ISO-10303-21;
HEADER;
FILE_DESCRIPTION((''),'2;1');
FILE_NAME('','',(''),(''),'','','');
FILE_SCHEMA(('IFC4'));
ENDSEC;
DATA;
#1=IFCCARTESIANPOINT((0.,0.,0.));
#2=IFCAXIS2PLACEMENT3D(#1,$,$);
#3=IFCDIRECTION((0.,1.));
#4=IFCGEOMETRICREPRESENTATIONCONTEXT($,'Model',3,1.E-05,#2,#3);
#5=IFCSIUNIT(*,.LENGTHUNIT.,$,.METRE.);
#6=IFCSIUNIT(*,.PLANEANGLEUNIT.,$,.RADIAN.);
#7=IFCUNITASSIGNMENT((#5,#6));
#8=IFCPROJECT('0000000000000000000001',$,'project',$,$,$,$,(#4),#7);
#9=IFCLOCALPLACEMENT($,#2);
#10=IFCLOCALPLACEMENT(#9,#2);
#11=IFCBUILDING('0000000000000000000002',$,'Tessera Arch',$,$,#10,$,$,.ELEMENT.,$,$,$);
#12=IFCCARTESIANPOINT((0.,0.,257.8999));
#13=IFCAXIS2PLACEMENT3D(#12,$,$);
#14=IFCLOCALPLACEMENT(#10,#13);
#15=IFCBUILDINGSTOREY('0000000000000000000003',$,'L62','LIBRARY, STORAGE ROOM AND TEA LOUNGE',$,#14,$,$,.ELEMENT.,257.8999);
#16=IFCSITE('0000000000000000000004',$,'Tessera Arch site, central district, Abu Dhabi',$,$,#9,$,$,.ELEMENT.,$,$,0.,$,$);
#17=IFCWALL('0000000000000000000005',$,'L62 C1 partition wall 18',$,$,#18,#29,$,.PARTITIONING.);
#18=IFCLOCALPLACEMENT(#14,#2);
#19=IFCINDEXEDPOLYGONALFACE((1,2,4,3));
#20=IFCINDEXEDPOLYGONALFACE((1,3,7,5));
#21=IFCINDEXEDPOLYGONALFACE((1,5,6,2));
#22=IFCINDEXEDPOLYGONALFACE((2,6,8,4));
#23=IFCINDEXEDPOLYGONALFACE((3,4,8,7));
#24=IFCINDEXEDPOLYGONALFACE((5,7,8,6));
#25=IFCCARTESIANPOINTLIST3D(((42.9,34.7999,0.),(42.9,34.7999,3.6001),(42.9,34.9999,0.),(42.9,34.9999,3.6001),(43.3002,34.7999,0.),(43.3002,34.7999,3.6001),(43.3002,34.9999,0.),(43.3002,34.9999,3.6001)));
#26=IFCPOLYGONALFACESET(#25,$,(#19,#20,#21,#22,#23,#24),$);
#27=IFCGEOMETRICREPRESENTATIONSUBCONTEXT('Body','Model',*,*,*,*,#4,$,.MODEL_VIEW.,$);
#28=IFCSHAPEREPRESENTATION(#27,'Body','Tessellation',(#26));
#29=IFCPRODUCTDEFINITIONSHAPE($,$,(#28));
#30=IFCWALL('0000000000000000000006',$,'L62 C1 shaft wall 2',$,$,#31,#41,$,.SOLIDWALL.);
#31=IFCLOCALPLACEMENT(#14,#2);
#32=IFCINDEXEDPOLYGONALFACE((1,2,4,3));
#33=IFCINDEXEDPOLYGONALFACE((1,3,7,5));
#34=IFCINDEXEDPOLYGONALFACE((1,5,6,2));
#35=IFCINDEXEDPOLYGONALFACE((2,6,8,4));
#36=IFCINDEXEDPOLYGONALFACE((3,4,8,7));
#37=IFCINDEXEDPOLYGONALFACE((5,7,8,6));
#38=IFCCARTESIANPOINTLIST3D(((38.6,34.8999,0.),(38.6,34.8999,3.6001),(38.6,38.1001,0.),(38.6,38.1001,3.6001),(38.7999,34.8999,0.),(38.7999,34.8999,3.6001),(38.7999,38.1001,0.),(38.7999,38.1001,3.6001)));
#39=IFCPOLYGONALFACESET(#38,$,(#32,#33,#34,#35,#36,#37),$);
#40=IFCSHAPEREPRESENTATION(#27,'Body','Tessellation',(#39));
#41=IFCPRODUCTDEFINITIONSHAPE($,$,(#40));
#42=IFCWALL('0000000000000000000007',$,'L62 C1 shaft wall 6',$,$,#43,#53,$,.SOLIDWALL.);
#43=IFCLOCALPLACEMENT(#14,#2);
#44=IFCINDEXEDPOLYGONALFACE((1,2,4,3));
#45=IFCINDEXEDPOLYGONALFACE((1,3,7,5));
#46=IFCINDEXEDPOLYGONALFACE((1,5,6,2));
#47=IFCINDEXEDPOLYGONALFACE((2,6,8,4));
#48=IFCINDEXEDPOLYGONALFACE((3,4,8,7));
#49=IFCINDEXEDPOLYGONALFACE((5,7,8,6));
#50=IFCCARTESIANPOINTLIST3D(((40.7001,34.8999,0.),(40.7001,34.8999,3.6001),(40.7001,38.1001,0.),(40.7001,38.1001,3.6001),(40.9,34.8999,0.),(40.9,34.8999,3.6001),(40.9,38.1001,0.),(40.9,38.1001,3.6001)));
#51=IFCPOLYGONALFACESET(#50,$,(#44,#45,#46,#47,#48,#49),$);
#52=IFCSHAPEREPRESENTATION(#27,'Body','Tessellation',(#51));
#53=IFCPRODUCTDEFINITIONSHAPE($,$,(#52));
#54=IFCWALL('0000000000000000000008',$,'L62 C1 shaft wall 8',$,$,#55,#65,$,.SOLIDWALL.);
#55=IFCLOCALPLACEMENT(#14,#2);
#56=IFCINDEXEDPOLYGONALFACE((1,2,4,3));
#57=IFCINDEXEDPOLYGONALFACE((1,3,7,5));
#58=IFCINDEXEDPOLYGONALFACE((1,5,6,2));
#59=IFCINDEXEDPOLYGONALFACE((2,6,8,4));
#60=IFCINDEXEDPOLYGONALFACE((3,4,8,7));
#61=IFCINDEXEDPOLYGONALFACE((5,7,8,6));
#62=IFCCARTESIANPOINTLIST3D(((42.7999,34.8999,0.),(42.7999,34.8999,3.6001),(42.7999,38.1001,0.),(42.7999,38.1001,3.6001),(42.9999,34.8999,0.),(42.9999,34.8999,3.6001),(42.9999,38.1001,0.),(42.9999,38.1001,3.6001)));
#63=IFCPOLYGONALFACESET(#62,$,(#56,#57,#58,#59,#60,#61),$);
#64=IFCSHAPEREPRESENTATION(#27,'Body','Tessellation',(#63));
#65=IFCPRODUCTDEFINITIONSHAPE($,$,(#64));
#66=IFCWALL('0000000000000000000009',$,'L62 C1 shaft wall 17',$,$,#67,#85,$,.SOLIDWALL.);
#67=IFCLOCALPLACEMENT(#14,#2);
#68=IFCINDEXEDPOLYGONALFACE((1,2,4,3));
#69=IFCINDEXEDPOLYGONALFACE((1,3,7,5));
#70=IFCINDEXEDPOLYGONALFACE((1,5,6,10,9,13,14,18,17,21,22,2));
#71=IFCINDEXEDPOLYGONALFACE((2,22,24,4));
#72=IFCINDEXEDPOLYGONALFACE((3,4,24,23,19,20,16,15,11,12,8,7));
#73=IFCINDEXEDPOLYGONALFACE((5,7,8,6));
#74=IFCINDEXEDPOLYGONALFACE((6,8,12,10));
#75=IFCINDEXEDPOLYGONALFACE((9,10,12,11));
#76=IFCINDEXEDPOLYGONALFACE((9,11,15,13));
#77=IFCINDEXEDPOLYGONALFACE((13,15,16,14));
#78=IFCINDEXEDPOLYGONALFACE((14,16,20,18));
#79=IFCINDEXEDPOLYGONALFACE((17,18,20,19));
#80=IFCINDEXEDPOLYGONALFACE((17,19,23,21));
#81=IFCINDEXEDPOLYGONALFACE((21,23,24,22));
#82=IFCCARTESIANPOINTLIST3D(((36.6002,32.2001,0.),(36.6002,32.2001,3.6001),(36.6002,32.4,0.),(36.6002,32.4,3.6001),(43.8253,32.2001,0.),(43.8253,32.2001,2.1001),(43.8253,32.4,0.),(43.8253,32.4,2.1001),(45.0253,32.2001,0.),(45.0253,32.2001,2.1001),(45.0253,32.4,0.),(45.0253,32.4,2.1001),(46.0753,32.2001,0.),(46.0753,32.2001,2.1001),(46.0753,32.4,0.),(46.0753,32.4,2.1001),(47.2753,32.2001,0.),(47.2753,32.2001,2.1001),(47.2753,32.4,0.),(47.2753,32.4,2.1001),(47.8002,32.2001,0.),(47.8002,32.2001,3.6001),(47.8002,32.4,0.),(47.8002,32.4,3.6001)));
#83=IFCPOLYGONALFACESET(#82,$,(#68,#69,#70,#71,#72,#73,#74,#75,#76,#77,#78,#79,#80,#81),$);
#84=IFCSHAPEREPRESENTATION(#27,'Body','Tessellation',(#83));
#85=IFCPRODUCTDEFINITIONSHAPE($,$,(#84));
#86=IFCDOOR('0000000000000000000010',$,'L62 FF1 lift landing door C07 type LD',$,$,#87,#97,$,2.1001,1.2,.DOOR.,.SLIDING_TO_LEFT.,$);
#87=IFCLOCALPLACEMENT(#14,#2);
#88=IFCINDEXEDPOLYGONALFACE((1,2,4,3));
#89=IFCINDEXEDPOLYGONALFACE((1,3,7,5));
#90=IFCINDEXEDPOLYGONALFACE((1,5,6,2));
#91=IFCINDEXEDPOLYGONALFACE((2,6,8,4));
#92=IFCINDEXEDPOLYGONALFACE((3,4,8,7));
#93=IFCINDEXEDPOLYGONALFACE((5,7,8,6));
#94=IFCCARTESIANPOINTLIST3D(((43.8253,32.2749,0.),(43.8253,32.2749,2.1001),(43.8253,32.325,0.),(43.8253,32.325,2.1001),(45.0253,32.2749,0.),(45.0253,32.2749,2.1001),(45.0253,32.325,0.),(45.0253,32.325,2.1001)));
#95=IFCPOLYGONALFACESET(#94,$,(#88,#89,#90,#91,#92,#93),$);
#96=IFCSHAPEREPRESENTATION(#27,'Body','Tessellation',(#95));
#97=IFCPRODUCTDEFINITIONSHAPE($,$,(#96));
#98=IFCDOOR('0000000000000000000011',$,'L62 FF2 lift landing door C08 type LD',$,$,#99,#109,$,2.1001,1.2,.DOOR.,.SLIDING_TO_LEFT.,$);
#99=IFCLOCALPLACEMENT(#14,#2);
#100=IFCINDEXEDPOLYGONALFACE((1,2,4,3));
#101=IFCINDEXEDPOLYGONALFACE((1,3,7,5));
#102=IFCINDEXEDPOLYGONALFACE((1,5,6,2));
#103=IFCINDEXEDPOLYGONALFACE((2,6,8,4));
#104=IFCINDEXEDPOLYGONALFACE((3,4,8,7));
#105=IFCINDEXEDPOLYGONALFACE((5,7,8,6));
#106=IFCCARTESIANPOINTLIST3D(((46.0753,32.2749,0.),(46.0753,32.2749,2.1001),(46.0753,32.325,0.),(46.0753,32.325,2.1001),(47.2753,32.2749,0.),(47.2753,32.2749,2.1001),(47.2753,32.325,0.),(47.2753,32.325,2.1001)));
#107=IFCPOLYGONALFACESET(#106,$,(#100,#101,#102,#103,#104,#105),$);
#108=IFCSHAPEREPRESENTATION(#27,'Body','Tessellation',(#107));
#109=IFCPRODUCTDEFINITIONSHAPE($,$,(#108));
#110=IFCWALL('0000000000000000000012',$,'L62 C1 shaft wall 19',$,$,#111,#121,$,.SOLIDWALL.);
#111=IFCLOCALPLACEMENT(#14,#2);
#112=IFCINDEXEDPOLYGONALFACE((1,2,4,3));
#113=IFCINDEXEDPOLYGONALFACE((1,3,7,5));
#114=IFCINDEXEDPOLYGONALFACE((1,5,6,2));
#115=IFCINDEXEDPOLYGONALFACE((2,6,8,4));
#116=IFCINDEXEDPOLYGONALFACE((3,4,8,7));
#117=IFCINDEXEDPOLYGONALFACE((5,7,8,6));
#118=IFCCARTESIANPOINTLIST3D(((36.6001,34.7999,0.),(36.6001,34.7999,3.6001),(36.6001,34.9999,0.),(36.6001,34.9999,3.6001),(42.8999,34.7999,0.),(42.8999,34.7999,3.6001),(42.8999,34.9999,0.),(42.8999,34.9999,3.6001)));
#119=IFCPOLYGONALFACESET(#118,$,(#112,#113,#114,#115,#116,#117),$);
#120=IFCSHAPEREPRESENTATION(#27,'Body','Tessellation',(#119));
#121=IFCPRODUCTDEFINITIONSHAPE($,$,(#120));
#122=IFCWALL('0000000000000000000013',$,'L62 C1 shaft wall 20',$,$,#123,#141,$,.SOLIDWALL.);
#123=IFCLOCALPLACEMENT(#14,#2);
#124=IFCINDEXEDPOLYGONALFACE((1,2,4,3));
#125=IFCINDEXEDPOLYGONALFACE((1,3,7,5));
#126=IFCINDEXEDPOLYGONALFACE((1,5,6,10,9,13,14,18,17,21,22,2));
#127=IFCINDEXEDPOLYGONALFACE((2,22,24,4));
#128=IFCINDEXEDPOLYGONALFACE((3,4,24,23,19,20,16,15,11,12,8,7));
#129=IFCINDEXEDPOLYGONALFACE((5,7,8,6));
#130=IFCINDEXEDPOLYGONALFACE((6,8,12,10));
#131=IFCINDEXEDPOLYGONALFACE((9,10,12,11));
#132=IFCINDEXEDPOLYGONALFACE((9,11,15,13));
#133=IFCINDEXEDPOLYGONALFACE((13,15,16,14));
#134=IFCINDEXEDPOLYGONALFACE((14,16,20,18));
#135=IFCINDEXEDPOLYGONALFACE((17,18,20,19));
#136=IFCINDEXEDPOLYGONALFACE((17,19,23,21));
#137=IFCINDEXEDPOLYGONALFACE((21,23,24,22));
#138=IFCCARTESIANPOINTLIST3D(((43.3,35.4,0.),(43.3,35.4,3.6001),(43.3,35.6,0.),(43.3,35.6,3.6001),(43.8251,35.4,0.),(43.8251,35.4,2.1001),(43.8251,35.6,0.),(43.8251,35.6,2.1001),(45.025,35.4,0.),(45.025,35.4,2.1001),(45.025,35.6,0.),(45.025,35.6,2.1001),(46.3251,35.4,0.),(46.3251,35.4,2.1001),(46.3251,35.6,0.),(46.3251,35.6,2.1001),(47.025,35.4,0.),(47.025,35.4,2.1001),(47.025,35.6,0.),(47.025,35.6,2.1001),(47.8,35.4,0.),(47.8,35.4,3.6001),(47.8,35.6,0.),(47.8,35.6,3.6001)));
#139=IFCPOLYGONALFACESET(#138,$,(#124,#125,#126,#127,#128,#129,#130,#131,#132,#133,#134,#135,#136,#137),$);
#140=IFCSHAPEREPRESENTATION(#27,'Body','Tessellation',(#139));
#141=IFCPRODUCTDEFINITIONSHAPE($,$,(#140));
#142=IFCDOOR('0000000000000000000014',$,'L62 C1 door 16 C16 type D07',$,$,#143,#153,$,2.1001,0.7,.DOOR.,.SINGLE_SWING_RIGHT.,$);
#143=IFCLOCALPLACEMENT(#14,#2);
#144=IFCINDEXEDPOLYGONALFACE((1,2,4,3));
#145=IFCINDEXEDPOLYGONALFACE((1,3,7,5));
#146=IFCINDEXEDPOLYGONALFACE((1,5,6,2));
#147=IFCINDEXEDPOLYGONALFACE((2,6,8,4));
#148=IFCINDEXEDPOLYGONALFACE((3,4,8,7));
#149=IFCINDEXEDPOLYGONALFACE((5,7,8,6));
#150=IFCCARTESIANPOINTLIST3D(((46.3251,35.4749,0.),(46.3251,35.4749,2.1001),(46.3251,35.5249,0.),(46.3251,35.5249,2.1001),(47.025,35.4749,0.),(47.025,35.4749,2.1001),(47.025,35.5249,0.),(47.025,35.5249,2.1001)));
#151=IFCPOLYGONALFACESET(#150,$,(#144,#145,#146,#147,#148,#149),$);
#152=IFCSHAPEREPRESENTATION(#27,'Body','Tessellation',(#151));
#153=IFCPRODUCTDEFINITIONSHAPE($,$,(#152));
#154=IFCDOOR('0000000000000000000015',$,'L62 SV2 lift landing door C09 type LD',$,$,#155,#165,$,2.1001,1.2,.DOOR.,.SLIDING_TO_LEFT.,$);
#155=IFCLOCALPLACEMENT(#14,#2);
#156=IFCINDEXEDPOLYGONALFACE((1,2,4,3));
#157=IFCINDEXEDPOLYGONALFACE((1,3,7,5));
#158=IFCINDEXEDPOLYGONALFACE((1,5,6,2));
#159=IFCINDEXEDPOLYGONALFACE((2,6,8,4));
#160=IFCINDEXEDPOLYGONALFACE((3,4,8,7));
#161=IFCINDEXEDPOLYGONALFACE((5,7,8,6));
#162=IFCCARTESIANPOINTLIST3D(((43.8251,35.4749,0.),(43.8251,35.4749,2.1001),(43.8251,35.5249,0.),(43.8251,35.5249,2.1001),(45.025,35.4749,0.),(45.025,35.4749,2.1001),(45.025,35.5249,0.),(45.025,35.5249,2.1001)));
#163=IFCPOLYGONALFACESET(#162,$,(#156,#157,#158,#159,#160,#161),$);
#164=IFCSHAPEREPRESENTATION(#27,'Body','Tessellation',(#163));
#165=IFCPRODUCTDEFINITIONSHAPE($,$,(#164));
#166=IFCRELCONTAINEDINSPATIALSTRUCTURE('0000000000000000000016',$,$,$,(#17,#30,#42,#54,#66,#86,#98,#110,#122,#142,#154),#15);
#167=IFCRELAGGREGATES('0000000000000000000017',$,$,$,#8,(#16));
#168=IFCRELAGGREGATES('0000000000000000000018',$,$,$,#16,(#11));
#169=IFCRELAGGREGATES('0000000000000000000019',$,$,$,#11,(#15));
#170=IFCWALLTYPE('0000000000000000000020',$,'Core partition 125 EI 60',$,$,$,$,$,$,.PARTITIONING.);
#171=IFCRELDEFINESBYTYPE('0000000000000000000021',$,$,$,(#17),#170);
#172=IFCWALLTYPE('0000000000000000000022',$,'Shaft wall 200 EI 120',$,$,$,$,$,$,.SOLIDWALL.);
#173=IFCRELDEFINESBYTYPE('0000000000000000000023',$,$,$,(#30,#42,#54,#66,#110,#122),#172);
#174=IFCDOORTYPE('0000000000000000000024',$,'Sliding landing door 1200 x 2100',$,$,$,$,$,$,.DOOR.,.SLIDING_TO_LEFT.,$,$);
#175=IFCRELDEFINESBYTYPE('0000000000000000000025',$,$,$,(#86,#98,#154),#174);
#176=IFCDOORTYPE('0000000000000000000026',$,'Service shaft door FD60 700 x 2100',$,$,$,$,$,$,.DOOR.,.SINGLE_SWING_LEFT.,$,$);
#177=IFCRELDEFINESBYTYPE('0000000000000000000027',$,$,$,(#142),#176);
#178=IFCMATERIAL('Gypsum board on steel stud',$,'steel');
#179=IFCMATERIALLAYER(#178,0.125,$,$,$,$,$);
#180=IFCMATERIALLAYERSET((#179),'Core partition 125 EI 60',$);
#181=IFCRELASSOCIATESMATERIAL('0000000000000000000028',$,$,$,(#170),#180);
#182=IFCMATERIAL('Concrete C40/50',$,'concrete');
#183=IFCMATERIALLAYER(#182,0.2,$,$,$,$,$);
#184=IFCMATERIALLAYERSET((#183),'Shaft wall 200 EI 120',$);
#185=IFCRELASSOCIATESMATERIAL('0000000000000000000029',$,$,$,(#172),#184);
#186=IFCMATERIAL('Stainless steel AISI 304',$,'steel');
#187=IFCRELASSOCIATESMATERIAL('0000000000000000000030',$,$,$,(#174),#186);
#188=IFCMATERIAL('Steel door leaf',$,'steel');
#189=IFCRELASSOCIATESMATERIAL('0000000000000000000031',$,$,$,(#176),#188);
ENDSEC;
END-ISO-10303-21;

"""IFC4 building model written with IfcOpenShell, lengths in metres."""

from ifc_helpers import new_model, si_unit, direction, frame, frame_2d, origin, place, context, subcontext, project, spatial, rectangle, extrude, material, layer, layer_set, type_object, element, fill, save


model = new_model("IFC4")

# Units and contexts
model_context = context("Model", 3, precision=1e-05, world=origin(), true_north=direction((0.0, 1.0)))
body_context = subcontext(model_context, "Body", "Model", "MODEL_VIEW")
ifc_project = project(units=[si_unit("LENGTHUNIT", "METRE"), si_unit("PLANEANGLEUNIT", "RADIAN")], contexts=[model_context])

# Site, building, storey
site_placement = place(None, origin())
site = spatial("IfcSite", under=ifc_project, at=site_placement, Name="Tessera Arch site, central district, Abu Dhabi", CompositionType="ELEMENT", RefElevation=0.0)
building_placement = place(site_placement, origin())
building = spatial("IfcBuilding", under=site, at=building_placement, Name="Tessera Arch", CompositionType="ELEMENT")
storey_placement = place(building_placement, frame((0.0, 0.0, 257.8999)))
storey = spatial("IfcBuildingStorey", under=building, at=storey_placement, Name="L62", Description="LIBRARY, STORAGE ROOM AND TEA LOUNGE", CompositionType="ELEMENT", Elevation=257.8999)

# Walls
ifc_material_1 = material(Name="Gypsum board on steel stud", Category="steel")
ifc_layer_1 = layer(ifc_material_1, 0.125)
ifc_layer_set_1 = layer_set([ifc_layer_1], Name="Core partition 125 EI 60")
wall_type_1 = type_object("IfcWallType", Name="Core partition 125 EI 60", PredefinedType="PARTITIONING", material=ifc_layer_set_1)
wall_1_placement = place(storey_placement, frame((42.8999, 34.8999, 0.0), z_axis=(0.0, 0.0, 1.0), x_axis=(1.0, 0.0, 0.0)))
element("IfcWall", 1, at=wall_1_placement, inside=storey, type_object=wall_type_1, Name="L62 C1 partition wall 18", PredefinedType="PARTITIONING", context=body_context, shape_type="SweptSolid", body=[
    extrude(rectangle(XDim=0.4001, YDim=0.2, at=frame_2d((0.2002, 0.0))), origin(), (0.0, 0.0, 1.0), 3.6001),
])
ifc_material_2 = material(Name="Concrete C40/50", Category="concrete")
ifc_layer_2 = layer(ifc_material_2, 0.2)
ifc_layer_set_2 = layer_set([ifc_layer_2], Name="Shaft wall 200 EI 120")
wall_type_2 = type_object("IfcWallType", Name="Shaft wall 200 EI 120", PredefinedType="SOLIDWALL", material=ifc_layer_set_2)
for number, where, z_axis, x_axis, name in (
    (2, (38.7, 34.8999, 0.0), (0.0, 0.0, 1.0), (0.0, 1.0, 0.0), "L62 C1 shaft wall 2"),
    (3, (40.8, 34.8999, 0.0), (0.0, 0.0, 1.0), (0.0, 1.0, 0.0), "L62 C1 shaft wall 6"),
    (4, (42.8999, 34.8999, 0.0), (0.0, 0.0, 1.0), (0.0, 1.0, 0.0), "L62 C1 shaft wall 8"),
):
    element("IfcWall", number, at=place(storey_placement, frame(where, z_axis=z_axis, x_axis=x_axis)), inside=storey, type_object=wall_type_2, Name=name, PredefinedType="SOLIDWALL", context=body_context, shape_type="SweptSolid", body=[
        extrude(rectangle(XDim=3.2002, YDim=0.2, at=frame_2d((1.6001, 0.0))), origin(), (0.0, 0.0, 1.0), 3.6001),
    ])

# Wall, openings, doors
wall_2_placement = place(storey_placement, frame((36.6001, 32.3, 0.0), z_axis=(0.0, 0.0, 1.0), x_axis=(1.0, 0.0, 0.0)))
wall_2 = element("IfcWall", 5, at=wall_2_placement, inside=storey, type_object=wall_type_2, Name="L62 C1 shaft wall 17", PredefinedType="SOLIDWALL", context=body_context, shape_type="SweptSolid", body=[
    extrude(rectangle(XDim=11.2, YDim=0.2, at=frame_2d((5.6001, 0.0))), origin(), (0.0, 0.0, 1.0), 3.6001),
])
opening_1_placement = place(wall_2_placement, frame((7.2251, 0.0, 0.0)))
opening_1 = element("IfcOpeningElement", 6, at=opening_1_placement, cuts=wall_2, PredefinedType="OPENING", context=body_context, shape_type="SweptSolid", body=[
    extrude(rectangle(XDim=1.2, YDim=2.1001, at=frame_2d((0.6001, 1.05))), frame((0.0, 0.1099, 0.0), z_axis=(0.0, -1.0, 0.0), x_axis=(1.0, 0.0, 0.0)), (0.0, 0.0, 1.0), 0.22),
])
opening_2_placement = place(wall_2_placement, frame((9.4751, 0.0, 0.0)))
opening_2 = element("IfcOpeningElement", 7, at=opening_2_placement, cuts=wall_2, PredefinedType="OPENING", context=body_context, shape_type="SweptSolid", body=[
    extrude(rectangle(XDim=1.2, YDim=2.1001, at=frame_2d((0.6001, 1.05))), frame((0.0, 0.1099, 0.0), z_axis=(0.0, -1.0, 0.0), x_axis=(1.0, 0.0, 0.0)), (0.0, 0.0, 1.0), 0.22),
])
ifc_material_3 = material(Name="Stainless steel AISI 304", Category="steel")
door_type_1 = type_object("IfcDoorType", Name="Sliding landing door 1200 x 2100", OperationType="SLIDING_TO_LEFT", PredefinedType="DOOR", material=ifc_material_3)
door_1_placement = place(opening_1_placement, origin())
door_1 = element("IfcDoor", 8, at=door_1_placement, inside=storey, type_object=door_type_1, Name="L62 FF1 lift landing door C07 type LD", OperationType="SLIDING_TO_LEFT", OverallHeight=2.1001, OverallWidth=1.2, PredefinedType="DOOR", context=body_context, shape_type="SweptSolid", body=[
    extrude(rectangle(XDim=1.2, YDim=2.1001, at=frame_2d((0.6001, 1.05))), frame((0.0, 0.0249, 0.0), z_axis=(0.0, -1.0, 0.0), x_axis=(1.0, 0.0, 0.0)), (0.0, 0.0, 1.0), 0.05),
])
fill(opening_1, door_1)
door_2_placement = place(opening_2_placement, origin())
door_2 = element("IfcDoor", 9, at=door_2_placement, inside=storey, type_object=door_type_1, Name="L62 FF2 lift landing door C08 type LD", OperationType="SLIDING_TO_LEFT", OverallHeight=2.1001, OverallWidth=1.2, PredefinedType="DOOR", context=body_context, shape_type="SweptSolid", body=[
    extrude(rectangle(XDim=1.2, YDim=2.1001, at=frame_2d((0.6001, 1.05))), frame((0.0, 0.0249, 0.0), z_axis=(0.0, -1.0, 0.0), x_axis=(1.0, 0.0, 0.0)), (0.0, 0.0, 1.0), 0.05),
])
fill(opening_2, door_2)

# Wall
wall_3_placement = place(storey_placement, frame((36.6001, 34.8999, 0.0), z_axis=(0.0, 0.0, 1.0), x_axis=(1.0, 0.0, 0.0)))
element("IfcWall", 10, at=wall_3_placement, inside=storey, type_object=wall_type_2, Name="L62 C1 shaft wall 19", PredefinedType="SOLIDWALL", context=body_context, shape_type="SweptSolid", body=[
    extrude(rectangle(XDim=6.2998, YDim=0.2, at=frame_2d((3.1499, 0.0))), origin(), (0.0, 0.0, 1.0), 3.6001),
])

# Wall, openings, doors
wall_4_placement = place(storey_placement, frame((43.3, 35.5, 0.0), z_axis=(0.0, 0.0, 1.0), x_axis=(1.0, 0.0, 0.0)))
wall_4 = element("IfcWall", 11, at=wall_4_placement, inside=storey, type_object=wall_type_2, Name="L62 C1 shaft wall 20", PredefinedType="SOLIDWALL", context=body_context, shape_type="SweptSolid", body=[
    extrude(rectangle(XDim=4.5, YDim=0.2, at=frame_2d((2.25, 0.0))), origin(), (0.0, 0.0, 1.0), 3.6001),
])
opening_3_placement = place(wall_4_placement, frame((0.5249, 0.0, 0.0)))
opening_3 = element("IfcOpeningElement", 12, at=opening_3_placement, cuts=wall_4, PredefinedType="OPENING", context=body_context, shape_type="SweptSolid", body=[
    extrude(rectangle(XDim=1.2, YDim=2.1001, at=frame_2d((0.6001, 1.05))), frame((0.0, 0.1099, 0.0), z_axis=(0.0, -1.0, 0.0), x_axis=(1.0, 0.0, 0.0)), (0.0, 0.0, 1.0), 0.22),
])
opening_4_placement = place(wall_4_placement, frame((3.0249, 0.0, 0.0)))
opening_4 = element("IfcOpeningElement", 13, at=opening_4_placement, cuts=wall_4, PredefinedType="OPENING", context=body_context, shape_type="SweptSolid", body=[
    extrude(rectangle(XDim=0.7, YDim=2.1001, at=frame_2d((0.3501, 1.05))), frame((0.0, 0.1099, 0.0), z_axis=(0.0, -1.0, 0.0), x_axis=(1.0, 0.0, 0.0)), (0.0, 0.0, 1.0), 0.22),
])
ifc_material_4 = material(Name="Steel door leaf", Category="steel")
door_type_2 = type_object("IfcDoorType", Name="Service shaft door FD60 700 x 2100", OperationType="SINGLE_SWING_LEFT", PredefinedType="DOOR", material=ifc_material_4)
door_3_placement = place(opening_4_placement, origin())
door_3 = element("IfcDoor", 14, at=door_3_placement, inside=storey, type_object=door_type_2, Name="L62 C1 door 16 C16 type D07", OperationType="SINGLE_SWING_RIGHT", OverallHeight=2.1001, OverallWidth=0.7, PredefinedType="DOOR", context=body_context, shape_type="SweptSolid", body=[
    extrude(rectangle(XDim=0.7, YDim=2.1001, at=frame_2d((0.3501, 1.05))), frame((0.0, 0.0249, 0.0), z_axis=(0.0, -1.0, 0.0), x_axis=(1.0, 0.0, 0.0)), (0.0, 0.0, 1.0), 0.05),
])
fill(opening_4, door_3)
door_4_placement = place(opening_3_placement, origin())
door_4 = element("IfcDoor", 15, at=door_4_placement, inside=storey, type_object=door_type_1, Name="L62 SV2 lift landing door C09 type LD", OperationType="SLIDING_TO_LEFT", OverallHeight=2.1001, OverallWidth=1.2, PredefinedType="DOOR", context=body_context, shape_type="SweptSolid", body=[
    extrude(rectangle(XDim=1.2, YDim=2.1001, at=frame_2d((0.6001, 1.05))), frame((0.0, 0.0249, 0.0), z_axis=(0.0, -1.0, 0.0), x_axis=(1.0, 0.0, 0.0)), (0.0, 0.0, 1.0), 0.05),
])
fill(opening_3, door_4)

save(model, "model.ifc")
